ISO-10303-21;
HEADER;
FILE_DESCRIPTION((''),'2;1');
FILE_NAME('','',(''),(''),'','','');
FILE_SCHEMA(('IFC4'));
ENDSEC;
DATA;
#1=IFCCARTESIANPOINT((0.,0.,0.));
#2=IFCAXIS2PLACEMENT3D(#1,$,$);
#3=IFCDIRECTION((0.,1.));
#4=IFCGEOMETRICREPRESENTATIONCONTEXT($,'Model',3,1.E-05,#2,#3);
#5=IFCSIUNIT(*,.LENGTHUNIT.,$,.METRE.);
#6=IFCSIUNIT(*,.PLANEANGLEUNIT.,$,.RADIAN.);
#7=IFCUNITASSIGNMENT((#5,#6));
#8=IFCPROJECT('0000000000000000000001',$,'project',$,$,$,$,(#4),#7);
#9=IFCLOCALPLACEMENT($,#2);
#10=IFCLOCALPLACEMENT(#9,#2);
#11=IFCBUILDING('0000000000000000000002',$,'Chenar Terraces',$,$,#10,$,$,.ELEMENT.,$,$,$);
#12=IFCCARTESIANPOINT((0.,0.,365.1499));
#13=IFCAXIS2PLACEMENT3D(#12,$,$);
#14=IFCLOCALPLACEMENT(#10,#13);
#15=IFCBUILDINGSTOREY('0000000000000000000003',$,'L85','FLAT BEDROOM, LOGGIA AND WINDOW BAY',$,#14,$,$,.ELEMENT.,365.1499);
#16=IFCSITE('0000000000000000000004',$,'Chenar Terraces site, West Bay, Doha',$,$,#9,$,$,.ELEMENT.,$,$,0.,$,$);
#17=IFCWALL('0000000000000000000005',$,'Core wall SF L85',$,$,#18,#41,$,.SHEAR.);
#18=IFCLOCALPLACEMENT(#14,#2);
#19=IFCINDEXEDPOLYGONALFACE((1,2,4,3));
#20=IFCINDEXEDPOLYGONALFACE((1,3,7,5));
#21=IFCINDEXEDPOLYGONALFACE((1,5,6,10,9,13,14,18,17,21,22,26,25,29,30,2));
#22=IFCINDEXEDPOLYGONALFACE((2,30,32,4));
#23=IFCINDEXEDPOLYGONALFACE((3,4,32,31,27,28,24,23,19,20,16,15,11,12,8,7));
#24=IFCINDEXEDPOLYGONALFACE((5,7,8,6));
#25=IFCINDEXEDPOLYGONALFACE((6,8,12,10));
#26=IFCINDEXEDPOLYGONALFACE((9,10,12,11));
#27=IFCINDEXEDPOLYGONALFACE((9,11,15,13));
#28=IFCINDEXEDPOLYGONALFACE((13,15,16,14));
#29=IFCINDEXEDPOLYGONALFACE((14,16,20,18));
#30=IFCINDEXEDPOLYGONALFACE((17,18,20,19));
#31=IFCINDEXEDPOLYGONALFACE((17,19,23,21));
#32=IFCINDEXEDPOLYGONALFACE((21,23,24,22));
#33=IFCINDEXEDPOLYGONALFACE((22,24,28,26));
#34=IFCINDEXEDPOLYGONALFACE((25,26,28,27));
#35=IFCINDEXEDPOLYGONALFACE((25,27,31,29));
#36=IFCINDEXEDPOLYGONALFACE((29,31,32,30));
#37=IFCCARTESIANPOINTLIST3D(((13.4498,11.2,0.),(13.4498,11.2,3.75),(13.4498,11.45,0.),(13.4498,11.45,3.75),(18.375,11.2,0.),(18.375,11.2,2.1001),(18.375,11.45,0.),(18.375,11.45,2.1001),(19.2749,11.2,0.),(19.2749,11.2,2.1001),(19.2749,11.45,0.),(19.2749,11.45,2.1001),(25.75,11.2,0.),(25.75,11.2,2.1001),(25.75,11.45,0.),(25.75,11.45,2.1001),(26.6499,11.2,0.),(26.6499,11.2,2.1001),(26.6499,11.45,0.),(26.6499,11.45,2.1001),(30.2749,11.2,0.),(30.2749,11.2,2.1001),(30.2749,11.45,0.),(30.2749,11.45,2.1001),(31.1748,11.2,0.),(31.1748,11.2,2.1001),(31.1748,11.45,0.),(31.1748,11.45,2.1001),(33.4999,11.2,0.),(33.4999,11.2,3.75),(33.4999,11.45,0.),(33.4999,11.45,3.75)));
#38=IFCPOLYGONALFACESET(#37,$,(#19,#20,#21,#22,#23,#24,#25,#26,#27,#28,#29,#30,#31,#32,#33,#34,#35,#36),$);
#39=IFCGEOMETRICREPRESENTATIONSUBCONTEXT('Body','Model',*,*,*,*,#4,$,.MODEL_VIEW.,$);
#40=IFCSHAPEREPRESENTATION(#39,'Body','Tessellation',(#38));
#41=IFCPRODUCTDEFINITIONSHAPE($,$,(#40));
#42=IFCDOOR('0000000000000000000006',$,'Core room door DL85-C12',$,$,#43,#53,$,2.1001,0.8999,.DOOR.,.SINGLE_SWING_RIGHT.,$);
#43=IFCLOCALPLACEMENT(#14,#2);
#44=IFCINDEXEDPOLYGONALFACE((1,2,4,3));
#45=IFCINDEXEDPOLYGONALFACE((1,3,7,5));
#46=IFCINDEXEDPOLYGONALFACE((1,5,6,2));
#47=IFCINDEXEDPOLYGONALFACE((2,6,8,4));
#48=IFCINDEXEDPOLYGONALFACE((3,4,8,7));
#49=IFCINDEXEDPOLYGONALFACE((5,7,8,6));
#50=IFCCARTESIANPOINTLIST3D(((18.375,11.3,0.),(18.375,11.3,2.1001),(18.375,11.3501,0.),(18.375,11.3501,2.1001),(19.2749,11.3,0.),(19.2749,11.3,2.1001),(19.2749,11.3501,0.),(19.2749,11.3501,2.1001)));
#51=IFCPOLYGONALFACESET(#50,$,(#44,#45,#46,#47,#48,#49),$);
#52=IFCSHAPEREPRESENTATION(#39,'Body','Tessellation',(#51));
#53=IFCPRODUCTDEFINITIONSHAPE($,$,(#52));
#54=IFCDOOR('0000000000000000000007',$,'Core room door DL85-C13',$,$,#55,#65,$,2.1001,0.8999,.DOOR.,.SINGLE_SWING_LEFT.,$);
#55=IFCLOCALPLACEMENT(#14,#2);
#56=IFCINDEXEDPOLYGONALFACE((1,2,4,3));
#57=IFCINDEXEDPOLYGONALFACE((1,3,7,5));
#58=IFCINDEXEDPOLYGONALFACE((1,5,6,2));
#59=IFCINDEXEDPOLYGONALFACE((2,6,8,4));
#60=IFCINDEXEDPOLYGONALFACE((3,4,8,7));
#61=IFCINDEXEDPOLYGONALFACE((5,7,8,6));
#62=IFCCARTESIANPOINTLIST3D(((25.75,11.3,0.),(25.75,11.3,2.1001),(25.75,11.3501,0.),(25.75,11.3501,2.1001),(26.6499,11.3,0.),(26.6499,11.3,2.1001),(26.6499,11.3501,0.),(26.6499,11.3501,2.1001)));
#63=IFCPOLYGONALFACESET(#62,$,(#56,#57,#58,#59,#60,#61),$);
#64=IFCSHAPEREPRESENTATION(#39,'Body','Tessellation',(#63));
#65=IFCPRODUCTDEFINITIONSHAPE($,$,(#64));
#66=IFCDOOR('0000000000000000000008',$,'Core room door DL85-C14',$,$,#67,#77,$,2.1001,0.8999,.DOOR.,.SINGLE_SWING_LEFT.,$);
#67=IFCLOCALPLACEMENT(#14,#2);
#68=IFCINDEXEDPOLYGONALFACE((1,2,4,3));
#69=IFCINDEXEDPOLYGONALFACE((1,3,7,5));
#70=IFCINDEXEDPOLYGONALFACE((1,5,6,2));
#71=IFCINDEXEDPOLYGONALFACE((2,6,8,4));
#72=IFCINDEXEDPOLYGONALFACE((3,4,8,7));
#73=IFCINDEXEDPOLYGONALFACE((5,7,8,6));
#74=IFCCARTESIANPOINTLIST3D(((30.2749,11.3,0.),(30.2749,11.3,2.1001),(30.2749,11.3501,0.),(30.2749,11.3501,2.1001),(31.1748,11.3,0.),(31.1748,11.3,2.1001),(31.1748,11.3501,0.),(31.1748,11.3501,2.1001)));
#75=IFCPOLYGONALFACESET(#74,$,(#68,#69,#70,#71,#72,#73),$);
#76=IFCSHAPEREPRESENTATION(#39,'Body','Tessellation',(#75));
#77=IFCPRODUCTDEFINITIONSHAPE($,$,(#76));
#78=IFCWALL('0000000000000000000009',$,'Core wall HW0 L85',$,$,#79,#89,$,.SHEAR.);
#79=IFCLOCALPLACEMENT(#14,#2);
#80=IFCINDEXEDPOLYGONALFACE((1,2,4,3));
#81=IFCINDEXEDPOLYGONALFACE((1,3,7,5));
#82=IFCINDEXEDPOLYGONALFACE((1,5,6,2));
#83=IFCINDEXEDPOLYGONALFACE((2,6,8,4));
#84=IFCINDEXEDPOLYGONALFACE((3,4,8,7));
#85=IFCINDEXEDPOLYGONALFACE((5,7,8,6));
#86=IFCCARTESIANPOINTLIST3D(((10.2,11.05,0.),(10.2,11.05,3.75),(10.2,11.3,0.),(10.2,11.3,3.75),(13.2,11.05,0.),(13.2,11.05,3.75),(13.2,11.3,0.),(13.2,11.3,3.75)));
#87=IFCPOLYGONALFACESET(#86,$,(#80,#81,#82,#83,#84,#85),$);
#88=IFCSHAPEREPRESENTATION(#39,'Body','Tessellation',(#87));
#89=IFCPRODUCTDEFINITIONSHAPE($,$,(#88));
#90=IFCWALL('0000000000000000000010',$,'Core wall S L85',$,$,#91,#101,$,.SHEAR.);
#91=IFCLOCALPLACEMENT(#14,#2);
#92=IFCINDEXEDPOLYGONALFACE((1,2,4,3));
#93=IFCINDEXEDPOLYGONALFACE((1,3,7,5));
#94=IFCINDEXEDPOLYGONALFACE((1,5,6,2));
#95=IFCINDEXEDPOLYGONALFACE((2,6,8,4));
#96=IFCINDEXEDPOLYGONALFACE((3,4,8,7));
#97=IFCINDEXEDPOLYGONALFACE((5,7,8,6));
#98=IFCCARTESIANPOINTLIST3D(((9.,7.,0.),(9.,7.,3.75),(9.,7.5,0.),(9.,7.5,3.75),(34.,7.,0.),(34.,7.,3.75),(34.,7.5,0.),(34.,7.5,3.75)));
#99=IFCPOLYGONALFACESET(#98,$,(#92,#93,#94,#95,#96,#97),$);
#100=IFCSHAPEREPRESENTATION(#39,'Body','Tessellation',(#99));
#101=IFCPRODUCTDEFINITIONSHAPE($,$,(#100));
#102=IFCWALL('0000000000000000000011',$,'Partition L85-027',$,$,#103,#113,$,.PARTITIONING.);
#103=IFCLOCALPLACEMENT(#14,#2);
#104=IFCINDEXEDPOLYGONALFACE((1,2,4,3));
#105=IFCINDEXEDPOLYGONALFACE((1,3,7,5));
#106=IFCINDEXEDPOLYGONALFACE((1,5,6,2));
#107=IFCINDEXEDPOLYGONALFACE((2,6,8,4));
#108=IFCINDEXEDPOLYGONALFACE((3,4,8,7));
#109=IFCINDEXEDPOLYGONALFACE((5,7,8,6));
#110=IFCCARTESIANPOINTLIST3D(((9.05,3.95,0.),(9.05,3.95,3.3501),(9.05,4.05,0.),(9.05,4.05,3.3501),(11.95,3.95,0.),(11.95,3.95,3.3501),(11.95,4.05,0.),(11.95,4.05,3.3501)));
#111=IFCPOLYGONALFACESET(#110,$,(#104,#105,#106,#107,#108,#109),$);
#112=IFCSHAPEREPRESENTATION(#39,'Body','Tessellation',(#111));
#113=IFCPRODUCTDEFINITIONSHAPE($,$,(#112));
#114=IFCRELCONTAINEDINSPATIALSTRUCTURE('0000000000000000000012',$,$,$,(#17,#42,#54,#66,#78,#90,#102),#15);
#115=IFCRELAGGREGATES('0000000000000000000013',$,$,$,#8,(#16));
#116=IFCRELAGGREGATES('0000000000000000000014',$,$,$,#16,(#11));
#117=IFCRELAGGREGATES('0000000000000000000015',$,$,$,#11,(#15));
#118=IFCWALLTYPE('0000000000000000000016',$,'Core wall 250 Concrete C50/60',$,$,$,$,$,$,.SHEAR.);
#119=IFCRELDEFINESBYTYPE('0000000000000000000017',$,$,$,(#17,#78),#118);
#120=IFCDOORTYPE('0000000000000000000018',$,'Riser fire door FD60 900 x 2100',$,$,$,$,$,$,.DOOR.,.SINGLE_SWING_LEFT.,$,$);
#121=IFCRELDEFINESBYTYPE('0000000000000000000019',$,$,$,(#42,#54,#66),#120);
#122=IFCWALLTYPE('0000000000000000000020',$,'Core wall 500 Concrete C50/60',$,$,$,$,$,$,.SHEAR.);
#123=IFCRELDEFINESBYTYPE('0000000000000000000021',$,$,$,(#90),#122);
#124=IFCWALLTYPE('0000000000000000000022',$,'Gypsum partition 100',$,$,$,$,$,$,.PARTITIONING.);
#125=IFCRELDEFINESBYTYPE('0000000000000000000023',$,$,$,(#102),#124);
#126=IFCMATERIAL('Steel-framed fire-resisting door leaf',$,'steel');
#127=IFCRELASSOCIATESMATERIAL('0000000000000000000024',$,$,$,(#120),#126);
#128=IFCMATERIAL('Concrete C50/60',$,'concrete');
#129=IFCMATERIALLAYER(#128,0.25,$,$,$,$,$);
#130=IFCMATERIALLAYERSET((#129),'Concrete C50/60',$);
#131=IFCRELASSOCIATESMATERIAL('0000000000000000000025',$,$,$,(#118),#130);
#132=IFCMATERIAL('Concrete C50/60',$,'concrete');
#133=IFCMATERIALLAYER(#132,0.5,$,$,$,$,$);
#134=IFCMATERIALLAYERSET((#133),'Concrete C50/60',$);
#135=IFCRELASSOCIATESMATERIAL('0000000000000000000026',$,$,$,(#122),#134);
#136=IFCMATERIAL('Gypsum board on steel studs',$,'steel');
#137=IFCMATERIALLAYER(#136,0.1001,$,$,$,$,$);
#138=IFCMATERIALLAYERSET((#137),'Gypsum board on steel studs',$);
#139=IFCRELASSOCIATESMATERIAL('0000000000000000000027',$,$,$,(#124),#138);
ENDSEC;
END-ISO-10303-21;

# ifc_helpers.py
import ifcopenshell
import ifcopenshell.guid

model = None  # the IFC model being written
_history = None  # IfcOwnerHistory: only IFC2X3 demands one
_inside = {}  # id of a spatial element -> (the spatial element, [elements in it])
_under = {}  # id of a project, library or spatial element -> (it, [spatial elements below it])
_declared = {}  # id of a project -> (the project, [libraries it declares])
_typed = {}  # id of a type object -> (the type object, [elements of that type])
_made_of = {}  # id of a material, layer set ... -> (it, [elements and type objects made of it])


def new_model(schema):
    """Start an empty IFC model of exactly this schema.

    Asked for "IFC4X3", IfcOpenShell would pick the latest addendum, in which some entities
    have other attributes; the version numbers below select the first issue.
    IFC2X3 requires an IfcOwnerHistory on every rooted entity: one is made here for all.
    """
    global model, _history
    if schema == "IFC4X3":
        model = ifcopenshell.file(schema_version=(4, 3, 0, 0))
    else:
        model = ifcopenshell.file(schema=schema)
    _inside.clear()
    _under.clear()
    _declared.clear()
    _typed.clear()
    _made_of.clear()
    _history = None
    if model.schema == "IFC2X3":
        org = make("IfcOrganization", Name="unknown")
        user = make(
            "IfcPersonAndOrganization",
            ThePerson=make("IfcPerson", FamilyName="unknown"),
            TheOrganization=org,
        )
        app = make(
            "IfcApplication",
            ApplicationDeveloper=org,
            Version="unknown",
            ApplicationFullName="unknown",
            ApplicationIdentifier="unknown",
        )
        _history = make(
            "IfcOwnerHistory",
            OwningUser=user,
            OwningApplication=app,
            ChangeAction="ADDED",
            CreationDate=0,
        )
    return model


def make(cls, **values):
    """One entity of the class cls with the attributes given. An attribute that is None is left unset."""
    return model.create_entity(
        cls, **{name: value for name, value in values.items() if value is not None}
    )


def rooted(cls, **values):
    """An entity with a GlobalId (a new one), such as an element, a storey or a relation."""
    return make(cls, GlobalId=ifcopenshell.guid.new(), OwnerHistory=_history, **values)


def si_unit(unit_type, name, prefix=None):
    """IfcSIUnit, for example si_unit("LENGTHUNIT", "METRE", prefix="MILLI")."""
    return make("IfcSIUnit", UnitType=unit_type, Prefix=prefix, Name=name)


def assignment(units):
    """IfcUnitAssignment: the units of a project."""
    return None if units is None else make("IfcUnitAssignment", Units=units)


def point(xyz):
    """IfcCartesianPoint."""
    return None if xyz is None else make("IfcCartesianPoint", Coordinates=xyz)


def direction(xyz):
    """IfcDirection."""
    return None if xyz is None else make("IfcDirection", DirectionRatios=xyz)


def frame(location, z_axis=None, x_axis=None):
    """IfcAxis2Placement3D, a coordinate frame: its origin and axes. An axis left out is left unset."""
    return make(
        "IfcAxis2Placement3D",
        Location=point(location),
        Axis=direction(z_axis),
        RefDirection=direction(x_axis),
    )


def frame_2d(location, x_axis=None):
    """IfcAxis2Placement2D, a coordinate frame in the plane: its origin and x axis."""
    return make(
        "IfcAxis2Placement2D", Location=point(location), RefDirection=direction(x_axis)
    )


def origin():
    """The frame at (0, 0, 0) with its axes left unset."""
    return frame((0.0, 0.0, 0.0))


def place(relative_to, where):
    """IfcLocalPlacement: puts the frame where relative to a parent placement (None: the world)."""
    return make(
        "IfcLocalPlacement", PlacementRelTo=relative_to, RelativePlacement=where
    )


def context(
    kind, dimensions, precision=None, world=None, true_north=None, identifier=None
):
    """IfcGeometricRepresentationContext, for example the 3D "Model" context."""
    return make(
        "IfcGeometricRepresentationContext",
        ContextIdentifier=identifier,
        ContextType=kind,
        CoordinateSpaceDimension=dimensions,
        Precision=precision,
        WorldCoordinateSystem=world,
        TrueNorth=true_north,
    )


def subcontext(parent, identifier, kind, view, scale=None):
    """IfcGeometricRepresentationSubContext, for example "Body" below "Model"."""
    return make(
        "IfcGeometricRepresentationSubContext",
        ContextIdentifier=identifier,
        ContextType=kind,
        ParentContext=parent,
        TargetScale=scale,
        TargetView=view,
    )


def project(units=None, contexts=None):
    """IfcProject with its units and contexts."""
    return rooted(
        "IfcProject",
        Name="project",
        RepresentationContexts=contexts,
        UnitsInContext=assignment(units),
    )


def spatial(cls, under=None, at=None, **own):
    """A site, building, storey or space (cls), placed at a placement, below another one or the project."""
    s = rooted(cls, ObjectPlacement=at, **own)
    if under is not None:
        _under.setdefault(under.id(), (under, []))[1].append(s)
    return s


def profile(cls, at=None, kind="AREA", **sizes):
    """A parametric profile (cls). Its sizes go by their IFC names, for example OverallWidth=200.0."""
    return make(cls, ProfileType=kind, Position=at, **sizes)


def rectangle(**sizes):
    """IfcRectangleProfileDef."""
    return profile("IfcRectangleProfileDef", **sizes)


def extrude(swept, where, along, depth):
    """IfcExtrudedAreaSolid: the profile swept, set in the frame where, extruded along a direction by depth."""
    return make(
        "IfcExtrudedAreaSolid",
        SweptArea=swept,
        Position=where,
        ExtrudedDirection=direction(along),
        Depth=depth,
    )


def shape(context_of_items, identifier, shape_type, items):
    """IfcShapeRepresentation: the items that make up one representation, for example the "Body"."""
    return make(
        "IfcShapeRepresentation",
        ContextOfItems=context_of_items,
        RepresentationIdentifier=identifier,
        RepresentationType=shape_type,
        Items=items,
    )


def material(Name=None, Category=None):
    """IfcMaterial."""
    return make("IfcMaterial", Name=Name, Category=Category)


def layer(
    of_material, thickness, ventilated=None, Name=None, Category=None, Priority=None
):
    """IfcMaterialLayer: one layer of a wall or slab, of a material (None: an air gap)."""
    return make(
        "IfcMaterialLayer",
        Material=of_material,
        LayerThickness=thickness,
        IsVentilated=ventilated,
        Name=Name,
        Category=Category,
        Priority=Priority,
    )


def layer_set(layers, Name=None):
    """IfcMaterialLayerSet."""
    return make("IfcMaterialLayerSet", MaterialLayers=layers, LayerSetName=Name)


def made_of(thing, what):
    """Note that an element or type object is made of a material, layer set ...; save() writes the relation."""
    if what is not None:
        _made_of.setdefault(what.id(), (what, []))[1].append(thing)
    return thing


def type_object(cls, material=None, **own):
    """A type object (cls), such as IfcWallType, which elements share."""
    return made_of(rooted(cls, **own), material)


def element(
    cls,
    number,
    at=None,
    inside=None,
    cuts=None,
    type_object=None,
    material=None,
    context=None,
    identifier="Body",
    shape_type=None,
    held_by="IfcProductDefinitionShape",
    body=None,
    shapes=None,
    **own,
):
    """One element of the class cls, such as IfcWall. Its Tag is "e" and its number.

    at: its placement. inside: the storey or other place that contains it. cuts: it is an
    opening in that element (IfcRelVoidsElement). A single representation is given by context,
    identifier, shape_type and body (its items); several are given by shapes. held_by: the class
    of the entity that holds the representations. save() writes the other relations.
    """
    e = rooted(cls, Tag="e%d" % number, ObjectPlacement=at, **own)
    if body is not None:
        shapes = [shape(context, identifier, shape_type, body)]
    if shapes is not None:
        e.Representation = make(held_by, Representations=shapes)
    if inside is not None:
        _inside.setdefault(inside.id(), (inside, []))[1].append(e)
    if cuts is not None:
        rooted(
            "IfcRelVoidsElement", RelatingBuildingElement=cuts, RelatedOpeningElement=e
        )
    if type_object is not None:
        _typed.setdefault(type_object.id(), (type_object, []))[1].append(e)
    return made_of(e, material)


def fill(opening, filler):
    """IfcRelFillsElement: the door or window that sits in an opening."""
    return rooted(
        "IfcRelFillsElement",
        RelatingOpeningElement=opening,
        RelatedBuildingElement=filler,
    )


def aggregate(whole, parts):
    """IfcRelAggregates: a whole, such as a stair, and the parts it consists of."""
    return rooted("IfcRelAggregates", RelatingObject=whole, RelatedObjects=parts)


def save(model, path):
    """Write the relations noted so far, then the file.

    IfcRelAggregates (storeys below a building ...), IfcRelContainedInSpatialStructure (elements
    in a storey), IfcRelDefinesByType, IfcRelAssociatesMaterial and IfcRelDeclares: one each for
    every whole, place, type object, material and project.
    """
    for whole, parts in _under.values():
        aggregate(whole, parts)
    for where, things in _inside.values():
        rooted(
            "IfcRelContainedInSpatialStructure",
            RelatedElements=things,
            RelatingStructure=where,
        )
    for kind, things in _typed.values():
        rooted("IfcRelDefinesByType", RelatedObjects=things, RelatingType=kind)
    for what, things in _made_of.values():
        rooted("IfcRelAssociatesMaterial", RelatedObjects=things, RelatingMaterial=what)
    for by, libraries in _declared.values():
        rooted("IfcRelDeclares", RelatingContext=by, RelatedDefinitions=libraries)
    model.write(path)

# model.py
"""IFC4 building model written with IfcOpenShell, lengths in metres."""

from ifc_helpers import new_model, si_unit, direction, frame, frame_2d, origin, place, context, subcontext, project, spatial, rectangle, extrude, material, layer, layer_set, type_object, element, fill, save


model = new_model("IFC4")

# Units and contexts
model_context = context("Model", 3, precision=1e-05, world=origin(), true_north=direction((0.0, 1.0)))
body_context = subcontext(model_context, "Body", "Model", "MODEL_VIEW")
ifc_project = project(units=[si_unit("LENGTHUNIT", "METRE"), si_unit("PLANEANGLEUNIT", "RADIAN")], contexts=[model_context])

# Site, building, storey
site_placement = place(None, origin())
site = spatial("IfcSite", under=ifc_project, at=site_placement, Name="Chenar Terraces site, West Bay, Doha", CompositionType="ELEMENT", RefElevation=0.0)
building_placement = place(site_placement, origin())
building = spatial("IfcBuilding", under=site, at=building_placement, Name="Chenar Terraces", CompositionType="ELEMENT")
storey_placement = place(building_placement, frame((0.0, 0.0, 365.1499)))
storey = spatial("IfcBuildingStorey", under=building, at=storey_placement, Name="L85", Description="FLAT BEDROOM, LOGGIA AND WINDOW BAY", CompositionType="ELEMENT", Elevation=365.1499)

# Shared definitions
ifc_material_1 = material(Name="Steel-framed fire-resisting door leaf", Category="steel")
door_type_1 = type_object("IfcDoorType", Name="Riser fire door FD60 900 x 2100", OperationType="SINGLE_SWING_LEFT", PredefinedType="DOOR", material=ifc_material_1)

# Shared definitions
ifc_material_2 = material(Name="Concrete C50/60", Category="concrete")
ifc_layer_1 = layer(ifc_material_2, 0.25)
ifc_layer_set_1 = layer_set([ifc_layer_1], Name="Concrete C50/60")
wall_type_1 = type_object("IfcWallType", Name="Core wall 250 Concrete C50/60", PredefinedType="SHEAR", material=ifc_layer_set_1)

# Wall, openings, doors
wall_1_placement = place(storey_placement, frame((13.45, 11.325, 0.0), z_axis=(0.0, 0.0, 1.0), x_axis=(1.0, 0.0, 0.0)))
wall_1 = element("IfcWall", 1, at=wall_1_placement, inside=storey, type_object=wall_type_1, Name="Core wall SF L85", PredefinedType="SHEAR", context=body_context, shape_type="SweptSolid", body=[
    extrude(rectangle(XDim=20.05, YDim=0.25, at=frame_2d((10.0249, 0.0))), origin(), (0.0, 0.0, 1.0), 3.75),
])
opening_1_placement = place(wall_1_placement, frame((4.925, 0.0, 0.0)))
opening_1 = element("IfcOpeningElement", 2, at=opening_1_placement, cuts=wall_1, PredefinedType="OPENING", context=body_context, shape_type="SweptSolid", body=[
    extrude(rectangle(XDim=0.8999, YDim=2.1001, at=frame_2d((0.45, 1.05))), frame((0.0, 0.135, 0.0), z_axis=(0.0, -1.0, 0.0), x_axis=(1.0, 0.0, 0.0)), (0.0, 0.0, 1.0), 0.27),
])
opening_2_placement = place(wall_1_placement, frame((12.3, 0.0, 0.0)))
opening_2 = element("IfcOpeningElement", 3, at=opening_2_placement, cuts=wall_1, PredefinedType="OPENING", context=body_context, shape_type="SweptSolid", body=[
    extrude(rectangle(XDim=0.8999, YDim=2.1001, at=frame_2d((0.45, 1.05))), frame((0.0, 0.135, 0.0), z_axis=(0.0, -1.0, 0.0), x_axis=(1.0, 0.0, 0.0)), (0.0, 0.0, 1.0), 0.27),
])
opening_3_placement = place(wall_1_placement, frame((16.825, 0.0, 0.0)))
opening_3 = element("IfcOpeningElement", 4, at=opening_3_placement, cuts=wall_1, PredefinedType="OPENING", context=body_context, shape_type="SweptSolid", body=[
    extrude(rectangle(XDim=0.8999, YDim=2.1001, at=frame_2d((0.45, 1.05))), frame((0.0, 0.135, 0.0), z_axis=(0.0, -1.0, 0.0), x_axis=(1.0, 0.0, 0.0)), (0.0, 0.0, 1.0), 0.27),
])
door_1_placement = place(opening_1_placement, frame((0.8999, 0.0, 0.0), z_axis=(0.0, 0.0, 1.0), x_axis=(-1.0, 0.0, 0.0)))
door_1 = element("IfcDoor", 5, at=door_1_placement, inside=storey, type_object=door_type_1, Name="Core room door DL85-C12", OperationType="SINGLE_SWING_RIGHT", OverallHeight=2.1001, OverallWidth=0.8999, PredefinedType="DOOR", context=body_context, shape_type="SweptSolid", body=[
    extrude(rectangle(XDim=0.8999, YDim=2.1001, at=frame_2d((0.45, 1.05))), frame((0.0, 0.0249, 0.0), z_axis=(0.0, -1.0, 0.0), x_axis=(1.0, 0.0, 0.0)), (0.0, 0.0, 1.0), 0.05),
])
fill(opening_1, door_1)
door_2_placement = place(opening_2_placement, frame((0.8999, 0.0, 0.0), z_axis=(0.0, 0.0, 1.0), x_axis=(-1.0, 0.0, 0.0)))
door_2 = element("IfcDoor", 6, at=door_2_placement, inside=storey, type_object=door_type_1, Name="Core room door DL85-C13", OperationType="SINGLE_SWING_LEFT", OverallHeight=2.1001, OverallWidth=0.8999, PredefinedType="DOOR", context=body_context, shape_type="SweptSolid", body=[
    extrude(rectangle(XDim=0.8999, YDim=2.1001, at=frame_2d((0.45, 1.05))), frame((0.0, 0.0249, 0.0), z_axis=(0.0, -1.0, 0.0), x_axis=(1.0, 0.0, 0.0)), (0.0, 0.0, 1.0), 0.05),
])
fill(opening_2, door_2)
door_3_placement = place(opening_3_placement, frame((0.8999, 0.0, 0.0), z_axis=(0.0, 0.0, 1.0), x_axis=(-1.0, 0.0, 0.0)))
door_3 = element("IfcDoor", 7, at=door_3_placement, inside=storey, type_object=door_type_1, Name="Core room door DL85-C14", OperationType="SINGLE_SWING_LEFT", OverallHeight=2.1001, OverallWidth=0.8999, PredefinedType="DOOR", context=body_context, shape_type="SweptSolid", body=[
    extrude(rectangle(XDim=0.8999, YDim=2.1001, at=frame_2d((0.45, 1.05))), frame((0.0, 0.0249, 0.0), z_axis=(0.0, -1.0, 0.0), x_axis=(1.0, 0.0, 0.0)), (0.0, 0.0, 1.0), 0.05),
])
fill(opening_3, door_3)

# Walls
wall_2_placement = place(storey_placement, frame((10.2, 11.175, 0.0), z_axis=(0.0, 0.0, 1.0), x_axis=(1.0, 0.0, 0.0)))
element("IfcWall", 8, at=wall_2_placement, inside=storey, type_object=wall_type_1, Name="Core wall HW0 L85", PredefinedType="SHEAR", context=body_context, shape_type="SweptSolid", body=[
    extrude(rectangle(XDim=3.0, YDim=0.25, at=frame_2d((1.5, 0.0))), origin(), (0.0, 0.0, 1.0), 3.75),
])
ifc_material_3 = material(Name="Concrete C50/60", Category="concrete")
ifc_layer_2 = layer(ifc_material_3, 0.5)
ifc_layer_set_2 = layer_set([ifc_layer_2], Name="Concrete C50/60")
wall_type_2 = type_object("IfcWallType", Name="Core wall 500 Concrete C50/60", PredefinedType="SHEAR", material=ifc_layer_set_2)
wall_3_placement = place(storey_placement, frame((9.0, 7.25, 0.0), z_axis=(0.0, 0.0, 1.0), x_axis=(1.0, 0.0, 0.0)))
element("IfcWall", 9, at=wall_3_placement, inside=storey, type_object=wall_type_2, Name="Core wall S L85", PredefinedType="SHEAR", context=body_context, shape_type="SweptSolid", body=[
    extrude(rectangle(XDim=25.0, YDim=0.5, at=frame_2d((12.5, 0.0))), origin(), (0.0, 0.0, 1.0), 3.75),
])
ifc_material_4 = material(Name="Gypsum board on steel studs", Category="steel")
ifc_layer_3 = layer(ifc_material_4, 0.1001)
ifc_layer_set_3 = layer_set([ifc_layer_3], Name="Gypsum board on steel studs")
wall_type_3 = type_object("IfcWallType", Name="Gypsum partition 100", PredefinedType="PARTITIONING", material=ifc_layer_set_3)
wall_4_placement = place(storey_placement, frame((9.05, 4.0, 0.0), z_axis=(0.0, 0.0, 1.0), x_axis=(1.0, 0.0, 0.0)))
element("IfcWall", 10, at=wall_4_placement, inside=storey, type_object=wall_type_3, Name="Partition L85-027", PredefinedType="PARTITIONING", context=body_context, shape_type="SweptSolid", body=[
    extrude(rectangle(XDim=2.8999, YDim=0.1001, at=frame_2d((1.45, 0.0))), origin(), (0.0, 0.0, 1.0), 3.3501),
])

save(model, "model.ifc")
